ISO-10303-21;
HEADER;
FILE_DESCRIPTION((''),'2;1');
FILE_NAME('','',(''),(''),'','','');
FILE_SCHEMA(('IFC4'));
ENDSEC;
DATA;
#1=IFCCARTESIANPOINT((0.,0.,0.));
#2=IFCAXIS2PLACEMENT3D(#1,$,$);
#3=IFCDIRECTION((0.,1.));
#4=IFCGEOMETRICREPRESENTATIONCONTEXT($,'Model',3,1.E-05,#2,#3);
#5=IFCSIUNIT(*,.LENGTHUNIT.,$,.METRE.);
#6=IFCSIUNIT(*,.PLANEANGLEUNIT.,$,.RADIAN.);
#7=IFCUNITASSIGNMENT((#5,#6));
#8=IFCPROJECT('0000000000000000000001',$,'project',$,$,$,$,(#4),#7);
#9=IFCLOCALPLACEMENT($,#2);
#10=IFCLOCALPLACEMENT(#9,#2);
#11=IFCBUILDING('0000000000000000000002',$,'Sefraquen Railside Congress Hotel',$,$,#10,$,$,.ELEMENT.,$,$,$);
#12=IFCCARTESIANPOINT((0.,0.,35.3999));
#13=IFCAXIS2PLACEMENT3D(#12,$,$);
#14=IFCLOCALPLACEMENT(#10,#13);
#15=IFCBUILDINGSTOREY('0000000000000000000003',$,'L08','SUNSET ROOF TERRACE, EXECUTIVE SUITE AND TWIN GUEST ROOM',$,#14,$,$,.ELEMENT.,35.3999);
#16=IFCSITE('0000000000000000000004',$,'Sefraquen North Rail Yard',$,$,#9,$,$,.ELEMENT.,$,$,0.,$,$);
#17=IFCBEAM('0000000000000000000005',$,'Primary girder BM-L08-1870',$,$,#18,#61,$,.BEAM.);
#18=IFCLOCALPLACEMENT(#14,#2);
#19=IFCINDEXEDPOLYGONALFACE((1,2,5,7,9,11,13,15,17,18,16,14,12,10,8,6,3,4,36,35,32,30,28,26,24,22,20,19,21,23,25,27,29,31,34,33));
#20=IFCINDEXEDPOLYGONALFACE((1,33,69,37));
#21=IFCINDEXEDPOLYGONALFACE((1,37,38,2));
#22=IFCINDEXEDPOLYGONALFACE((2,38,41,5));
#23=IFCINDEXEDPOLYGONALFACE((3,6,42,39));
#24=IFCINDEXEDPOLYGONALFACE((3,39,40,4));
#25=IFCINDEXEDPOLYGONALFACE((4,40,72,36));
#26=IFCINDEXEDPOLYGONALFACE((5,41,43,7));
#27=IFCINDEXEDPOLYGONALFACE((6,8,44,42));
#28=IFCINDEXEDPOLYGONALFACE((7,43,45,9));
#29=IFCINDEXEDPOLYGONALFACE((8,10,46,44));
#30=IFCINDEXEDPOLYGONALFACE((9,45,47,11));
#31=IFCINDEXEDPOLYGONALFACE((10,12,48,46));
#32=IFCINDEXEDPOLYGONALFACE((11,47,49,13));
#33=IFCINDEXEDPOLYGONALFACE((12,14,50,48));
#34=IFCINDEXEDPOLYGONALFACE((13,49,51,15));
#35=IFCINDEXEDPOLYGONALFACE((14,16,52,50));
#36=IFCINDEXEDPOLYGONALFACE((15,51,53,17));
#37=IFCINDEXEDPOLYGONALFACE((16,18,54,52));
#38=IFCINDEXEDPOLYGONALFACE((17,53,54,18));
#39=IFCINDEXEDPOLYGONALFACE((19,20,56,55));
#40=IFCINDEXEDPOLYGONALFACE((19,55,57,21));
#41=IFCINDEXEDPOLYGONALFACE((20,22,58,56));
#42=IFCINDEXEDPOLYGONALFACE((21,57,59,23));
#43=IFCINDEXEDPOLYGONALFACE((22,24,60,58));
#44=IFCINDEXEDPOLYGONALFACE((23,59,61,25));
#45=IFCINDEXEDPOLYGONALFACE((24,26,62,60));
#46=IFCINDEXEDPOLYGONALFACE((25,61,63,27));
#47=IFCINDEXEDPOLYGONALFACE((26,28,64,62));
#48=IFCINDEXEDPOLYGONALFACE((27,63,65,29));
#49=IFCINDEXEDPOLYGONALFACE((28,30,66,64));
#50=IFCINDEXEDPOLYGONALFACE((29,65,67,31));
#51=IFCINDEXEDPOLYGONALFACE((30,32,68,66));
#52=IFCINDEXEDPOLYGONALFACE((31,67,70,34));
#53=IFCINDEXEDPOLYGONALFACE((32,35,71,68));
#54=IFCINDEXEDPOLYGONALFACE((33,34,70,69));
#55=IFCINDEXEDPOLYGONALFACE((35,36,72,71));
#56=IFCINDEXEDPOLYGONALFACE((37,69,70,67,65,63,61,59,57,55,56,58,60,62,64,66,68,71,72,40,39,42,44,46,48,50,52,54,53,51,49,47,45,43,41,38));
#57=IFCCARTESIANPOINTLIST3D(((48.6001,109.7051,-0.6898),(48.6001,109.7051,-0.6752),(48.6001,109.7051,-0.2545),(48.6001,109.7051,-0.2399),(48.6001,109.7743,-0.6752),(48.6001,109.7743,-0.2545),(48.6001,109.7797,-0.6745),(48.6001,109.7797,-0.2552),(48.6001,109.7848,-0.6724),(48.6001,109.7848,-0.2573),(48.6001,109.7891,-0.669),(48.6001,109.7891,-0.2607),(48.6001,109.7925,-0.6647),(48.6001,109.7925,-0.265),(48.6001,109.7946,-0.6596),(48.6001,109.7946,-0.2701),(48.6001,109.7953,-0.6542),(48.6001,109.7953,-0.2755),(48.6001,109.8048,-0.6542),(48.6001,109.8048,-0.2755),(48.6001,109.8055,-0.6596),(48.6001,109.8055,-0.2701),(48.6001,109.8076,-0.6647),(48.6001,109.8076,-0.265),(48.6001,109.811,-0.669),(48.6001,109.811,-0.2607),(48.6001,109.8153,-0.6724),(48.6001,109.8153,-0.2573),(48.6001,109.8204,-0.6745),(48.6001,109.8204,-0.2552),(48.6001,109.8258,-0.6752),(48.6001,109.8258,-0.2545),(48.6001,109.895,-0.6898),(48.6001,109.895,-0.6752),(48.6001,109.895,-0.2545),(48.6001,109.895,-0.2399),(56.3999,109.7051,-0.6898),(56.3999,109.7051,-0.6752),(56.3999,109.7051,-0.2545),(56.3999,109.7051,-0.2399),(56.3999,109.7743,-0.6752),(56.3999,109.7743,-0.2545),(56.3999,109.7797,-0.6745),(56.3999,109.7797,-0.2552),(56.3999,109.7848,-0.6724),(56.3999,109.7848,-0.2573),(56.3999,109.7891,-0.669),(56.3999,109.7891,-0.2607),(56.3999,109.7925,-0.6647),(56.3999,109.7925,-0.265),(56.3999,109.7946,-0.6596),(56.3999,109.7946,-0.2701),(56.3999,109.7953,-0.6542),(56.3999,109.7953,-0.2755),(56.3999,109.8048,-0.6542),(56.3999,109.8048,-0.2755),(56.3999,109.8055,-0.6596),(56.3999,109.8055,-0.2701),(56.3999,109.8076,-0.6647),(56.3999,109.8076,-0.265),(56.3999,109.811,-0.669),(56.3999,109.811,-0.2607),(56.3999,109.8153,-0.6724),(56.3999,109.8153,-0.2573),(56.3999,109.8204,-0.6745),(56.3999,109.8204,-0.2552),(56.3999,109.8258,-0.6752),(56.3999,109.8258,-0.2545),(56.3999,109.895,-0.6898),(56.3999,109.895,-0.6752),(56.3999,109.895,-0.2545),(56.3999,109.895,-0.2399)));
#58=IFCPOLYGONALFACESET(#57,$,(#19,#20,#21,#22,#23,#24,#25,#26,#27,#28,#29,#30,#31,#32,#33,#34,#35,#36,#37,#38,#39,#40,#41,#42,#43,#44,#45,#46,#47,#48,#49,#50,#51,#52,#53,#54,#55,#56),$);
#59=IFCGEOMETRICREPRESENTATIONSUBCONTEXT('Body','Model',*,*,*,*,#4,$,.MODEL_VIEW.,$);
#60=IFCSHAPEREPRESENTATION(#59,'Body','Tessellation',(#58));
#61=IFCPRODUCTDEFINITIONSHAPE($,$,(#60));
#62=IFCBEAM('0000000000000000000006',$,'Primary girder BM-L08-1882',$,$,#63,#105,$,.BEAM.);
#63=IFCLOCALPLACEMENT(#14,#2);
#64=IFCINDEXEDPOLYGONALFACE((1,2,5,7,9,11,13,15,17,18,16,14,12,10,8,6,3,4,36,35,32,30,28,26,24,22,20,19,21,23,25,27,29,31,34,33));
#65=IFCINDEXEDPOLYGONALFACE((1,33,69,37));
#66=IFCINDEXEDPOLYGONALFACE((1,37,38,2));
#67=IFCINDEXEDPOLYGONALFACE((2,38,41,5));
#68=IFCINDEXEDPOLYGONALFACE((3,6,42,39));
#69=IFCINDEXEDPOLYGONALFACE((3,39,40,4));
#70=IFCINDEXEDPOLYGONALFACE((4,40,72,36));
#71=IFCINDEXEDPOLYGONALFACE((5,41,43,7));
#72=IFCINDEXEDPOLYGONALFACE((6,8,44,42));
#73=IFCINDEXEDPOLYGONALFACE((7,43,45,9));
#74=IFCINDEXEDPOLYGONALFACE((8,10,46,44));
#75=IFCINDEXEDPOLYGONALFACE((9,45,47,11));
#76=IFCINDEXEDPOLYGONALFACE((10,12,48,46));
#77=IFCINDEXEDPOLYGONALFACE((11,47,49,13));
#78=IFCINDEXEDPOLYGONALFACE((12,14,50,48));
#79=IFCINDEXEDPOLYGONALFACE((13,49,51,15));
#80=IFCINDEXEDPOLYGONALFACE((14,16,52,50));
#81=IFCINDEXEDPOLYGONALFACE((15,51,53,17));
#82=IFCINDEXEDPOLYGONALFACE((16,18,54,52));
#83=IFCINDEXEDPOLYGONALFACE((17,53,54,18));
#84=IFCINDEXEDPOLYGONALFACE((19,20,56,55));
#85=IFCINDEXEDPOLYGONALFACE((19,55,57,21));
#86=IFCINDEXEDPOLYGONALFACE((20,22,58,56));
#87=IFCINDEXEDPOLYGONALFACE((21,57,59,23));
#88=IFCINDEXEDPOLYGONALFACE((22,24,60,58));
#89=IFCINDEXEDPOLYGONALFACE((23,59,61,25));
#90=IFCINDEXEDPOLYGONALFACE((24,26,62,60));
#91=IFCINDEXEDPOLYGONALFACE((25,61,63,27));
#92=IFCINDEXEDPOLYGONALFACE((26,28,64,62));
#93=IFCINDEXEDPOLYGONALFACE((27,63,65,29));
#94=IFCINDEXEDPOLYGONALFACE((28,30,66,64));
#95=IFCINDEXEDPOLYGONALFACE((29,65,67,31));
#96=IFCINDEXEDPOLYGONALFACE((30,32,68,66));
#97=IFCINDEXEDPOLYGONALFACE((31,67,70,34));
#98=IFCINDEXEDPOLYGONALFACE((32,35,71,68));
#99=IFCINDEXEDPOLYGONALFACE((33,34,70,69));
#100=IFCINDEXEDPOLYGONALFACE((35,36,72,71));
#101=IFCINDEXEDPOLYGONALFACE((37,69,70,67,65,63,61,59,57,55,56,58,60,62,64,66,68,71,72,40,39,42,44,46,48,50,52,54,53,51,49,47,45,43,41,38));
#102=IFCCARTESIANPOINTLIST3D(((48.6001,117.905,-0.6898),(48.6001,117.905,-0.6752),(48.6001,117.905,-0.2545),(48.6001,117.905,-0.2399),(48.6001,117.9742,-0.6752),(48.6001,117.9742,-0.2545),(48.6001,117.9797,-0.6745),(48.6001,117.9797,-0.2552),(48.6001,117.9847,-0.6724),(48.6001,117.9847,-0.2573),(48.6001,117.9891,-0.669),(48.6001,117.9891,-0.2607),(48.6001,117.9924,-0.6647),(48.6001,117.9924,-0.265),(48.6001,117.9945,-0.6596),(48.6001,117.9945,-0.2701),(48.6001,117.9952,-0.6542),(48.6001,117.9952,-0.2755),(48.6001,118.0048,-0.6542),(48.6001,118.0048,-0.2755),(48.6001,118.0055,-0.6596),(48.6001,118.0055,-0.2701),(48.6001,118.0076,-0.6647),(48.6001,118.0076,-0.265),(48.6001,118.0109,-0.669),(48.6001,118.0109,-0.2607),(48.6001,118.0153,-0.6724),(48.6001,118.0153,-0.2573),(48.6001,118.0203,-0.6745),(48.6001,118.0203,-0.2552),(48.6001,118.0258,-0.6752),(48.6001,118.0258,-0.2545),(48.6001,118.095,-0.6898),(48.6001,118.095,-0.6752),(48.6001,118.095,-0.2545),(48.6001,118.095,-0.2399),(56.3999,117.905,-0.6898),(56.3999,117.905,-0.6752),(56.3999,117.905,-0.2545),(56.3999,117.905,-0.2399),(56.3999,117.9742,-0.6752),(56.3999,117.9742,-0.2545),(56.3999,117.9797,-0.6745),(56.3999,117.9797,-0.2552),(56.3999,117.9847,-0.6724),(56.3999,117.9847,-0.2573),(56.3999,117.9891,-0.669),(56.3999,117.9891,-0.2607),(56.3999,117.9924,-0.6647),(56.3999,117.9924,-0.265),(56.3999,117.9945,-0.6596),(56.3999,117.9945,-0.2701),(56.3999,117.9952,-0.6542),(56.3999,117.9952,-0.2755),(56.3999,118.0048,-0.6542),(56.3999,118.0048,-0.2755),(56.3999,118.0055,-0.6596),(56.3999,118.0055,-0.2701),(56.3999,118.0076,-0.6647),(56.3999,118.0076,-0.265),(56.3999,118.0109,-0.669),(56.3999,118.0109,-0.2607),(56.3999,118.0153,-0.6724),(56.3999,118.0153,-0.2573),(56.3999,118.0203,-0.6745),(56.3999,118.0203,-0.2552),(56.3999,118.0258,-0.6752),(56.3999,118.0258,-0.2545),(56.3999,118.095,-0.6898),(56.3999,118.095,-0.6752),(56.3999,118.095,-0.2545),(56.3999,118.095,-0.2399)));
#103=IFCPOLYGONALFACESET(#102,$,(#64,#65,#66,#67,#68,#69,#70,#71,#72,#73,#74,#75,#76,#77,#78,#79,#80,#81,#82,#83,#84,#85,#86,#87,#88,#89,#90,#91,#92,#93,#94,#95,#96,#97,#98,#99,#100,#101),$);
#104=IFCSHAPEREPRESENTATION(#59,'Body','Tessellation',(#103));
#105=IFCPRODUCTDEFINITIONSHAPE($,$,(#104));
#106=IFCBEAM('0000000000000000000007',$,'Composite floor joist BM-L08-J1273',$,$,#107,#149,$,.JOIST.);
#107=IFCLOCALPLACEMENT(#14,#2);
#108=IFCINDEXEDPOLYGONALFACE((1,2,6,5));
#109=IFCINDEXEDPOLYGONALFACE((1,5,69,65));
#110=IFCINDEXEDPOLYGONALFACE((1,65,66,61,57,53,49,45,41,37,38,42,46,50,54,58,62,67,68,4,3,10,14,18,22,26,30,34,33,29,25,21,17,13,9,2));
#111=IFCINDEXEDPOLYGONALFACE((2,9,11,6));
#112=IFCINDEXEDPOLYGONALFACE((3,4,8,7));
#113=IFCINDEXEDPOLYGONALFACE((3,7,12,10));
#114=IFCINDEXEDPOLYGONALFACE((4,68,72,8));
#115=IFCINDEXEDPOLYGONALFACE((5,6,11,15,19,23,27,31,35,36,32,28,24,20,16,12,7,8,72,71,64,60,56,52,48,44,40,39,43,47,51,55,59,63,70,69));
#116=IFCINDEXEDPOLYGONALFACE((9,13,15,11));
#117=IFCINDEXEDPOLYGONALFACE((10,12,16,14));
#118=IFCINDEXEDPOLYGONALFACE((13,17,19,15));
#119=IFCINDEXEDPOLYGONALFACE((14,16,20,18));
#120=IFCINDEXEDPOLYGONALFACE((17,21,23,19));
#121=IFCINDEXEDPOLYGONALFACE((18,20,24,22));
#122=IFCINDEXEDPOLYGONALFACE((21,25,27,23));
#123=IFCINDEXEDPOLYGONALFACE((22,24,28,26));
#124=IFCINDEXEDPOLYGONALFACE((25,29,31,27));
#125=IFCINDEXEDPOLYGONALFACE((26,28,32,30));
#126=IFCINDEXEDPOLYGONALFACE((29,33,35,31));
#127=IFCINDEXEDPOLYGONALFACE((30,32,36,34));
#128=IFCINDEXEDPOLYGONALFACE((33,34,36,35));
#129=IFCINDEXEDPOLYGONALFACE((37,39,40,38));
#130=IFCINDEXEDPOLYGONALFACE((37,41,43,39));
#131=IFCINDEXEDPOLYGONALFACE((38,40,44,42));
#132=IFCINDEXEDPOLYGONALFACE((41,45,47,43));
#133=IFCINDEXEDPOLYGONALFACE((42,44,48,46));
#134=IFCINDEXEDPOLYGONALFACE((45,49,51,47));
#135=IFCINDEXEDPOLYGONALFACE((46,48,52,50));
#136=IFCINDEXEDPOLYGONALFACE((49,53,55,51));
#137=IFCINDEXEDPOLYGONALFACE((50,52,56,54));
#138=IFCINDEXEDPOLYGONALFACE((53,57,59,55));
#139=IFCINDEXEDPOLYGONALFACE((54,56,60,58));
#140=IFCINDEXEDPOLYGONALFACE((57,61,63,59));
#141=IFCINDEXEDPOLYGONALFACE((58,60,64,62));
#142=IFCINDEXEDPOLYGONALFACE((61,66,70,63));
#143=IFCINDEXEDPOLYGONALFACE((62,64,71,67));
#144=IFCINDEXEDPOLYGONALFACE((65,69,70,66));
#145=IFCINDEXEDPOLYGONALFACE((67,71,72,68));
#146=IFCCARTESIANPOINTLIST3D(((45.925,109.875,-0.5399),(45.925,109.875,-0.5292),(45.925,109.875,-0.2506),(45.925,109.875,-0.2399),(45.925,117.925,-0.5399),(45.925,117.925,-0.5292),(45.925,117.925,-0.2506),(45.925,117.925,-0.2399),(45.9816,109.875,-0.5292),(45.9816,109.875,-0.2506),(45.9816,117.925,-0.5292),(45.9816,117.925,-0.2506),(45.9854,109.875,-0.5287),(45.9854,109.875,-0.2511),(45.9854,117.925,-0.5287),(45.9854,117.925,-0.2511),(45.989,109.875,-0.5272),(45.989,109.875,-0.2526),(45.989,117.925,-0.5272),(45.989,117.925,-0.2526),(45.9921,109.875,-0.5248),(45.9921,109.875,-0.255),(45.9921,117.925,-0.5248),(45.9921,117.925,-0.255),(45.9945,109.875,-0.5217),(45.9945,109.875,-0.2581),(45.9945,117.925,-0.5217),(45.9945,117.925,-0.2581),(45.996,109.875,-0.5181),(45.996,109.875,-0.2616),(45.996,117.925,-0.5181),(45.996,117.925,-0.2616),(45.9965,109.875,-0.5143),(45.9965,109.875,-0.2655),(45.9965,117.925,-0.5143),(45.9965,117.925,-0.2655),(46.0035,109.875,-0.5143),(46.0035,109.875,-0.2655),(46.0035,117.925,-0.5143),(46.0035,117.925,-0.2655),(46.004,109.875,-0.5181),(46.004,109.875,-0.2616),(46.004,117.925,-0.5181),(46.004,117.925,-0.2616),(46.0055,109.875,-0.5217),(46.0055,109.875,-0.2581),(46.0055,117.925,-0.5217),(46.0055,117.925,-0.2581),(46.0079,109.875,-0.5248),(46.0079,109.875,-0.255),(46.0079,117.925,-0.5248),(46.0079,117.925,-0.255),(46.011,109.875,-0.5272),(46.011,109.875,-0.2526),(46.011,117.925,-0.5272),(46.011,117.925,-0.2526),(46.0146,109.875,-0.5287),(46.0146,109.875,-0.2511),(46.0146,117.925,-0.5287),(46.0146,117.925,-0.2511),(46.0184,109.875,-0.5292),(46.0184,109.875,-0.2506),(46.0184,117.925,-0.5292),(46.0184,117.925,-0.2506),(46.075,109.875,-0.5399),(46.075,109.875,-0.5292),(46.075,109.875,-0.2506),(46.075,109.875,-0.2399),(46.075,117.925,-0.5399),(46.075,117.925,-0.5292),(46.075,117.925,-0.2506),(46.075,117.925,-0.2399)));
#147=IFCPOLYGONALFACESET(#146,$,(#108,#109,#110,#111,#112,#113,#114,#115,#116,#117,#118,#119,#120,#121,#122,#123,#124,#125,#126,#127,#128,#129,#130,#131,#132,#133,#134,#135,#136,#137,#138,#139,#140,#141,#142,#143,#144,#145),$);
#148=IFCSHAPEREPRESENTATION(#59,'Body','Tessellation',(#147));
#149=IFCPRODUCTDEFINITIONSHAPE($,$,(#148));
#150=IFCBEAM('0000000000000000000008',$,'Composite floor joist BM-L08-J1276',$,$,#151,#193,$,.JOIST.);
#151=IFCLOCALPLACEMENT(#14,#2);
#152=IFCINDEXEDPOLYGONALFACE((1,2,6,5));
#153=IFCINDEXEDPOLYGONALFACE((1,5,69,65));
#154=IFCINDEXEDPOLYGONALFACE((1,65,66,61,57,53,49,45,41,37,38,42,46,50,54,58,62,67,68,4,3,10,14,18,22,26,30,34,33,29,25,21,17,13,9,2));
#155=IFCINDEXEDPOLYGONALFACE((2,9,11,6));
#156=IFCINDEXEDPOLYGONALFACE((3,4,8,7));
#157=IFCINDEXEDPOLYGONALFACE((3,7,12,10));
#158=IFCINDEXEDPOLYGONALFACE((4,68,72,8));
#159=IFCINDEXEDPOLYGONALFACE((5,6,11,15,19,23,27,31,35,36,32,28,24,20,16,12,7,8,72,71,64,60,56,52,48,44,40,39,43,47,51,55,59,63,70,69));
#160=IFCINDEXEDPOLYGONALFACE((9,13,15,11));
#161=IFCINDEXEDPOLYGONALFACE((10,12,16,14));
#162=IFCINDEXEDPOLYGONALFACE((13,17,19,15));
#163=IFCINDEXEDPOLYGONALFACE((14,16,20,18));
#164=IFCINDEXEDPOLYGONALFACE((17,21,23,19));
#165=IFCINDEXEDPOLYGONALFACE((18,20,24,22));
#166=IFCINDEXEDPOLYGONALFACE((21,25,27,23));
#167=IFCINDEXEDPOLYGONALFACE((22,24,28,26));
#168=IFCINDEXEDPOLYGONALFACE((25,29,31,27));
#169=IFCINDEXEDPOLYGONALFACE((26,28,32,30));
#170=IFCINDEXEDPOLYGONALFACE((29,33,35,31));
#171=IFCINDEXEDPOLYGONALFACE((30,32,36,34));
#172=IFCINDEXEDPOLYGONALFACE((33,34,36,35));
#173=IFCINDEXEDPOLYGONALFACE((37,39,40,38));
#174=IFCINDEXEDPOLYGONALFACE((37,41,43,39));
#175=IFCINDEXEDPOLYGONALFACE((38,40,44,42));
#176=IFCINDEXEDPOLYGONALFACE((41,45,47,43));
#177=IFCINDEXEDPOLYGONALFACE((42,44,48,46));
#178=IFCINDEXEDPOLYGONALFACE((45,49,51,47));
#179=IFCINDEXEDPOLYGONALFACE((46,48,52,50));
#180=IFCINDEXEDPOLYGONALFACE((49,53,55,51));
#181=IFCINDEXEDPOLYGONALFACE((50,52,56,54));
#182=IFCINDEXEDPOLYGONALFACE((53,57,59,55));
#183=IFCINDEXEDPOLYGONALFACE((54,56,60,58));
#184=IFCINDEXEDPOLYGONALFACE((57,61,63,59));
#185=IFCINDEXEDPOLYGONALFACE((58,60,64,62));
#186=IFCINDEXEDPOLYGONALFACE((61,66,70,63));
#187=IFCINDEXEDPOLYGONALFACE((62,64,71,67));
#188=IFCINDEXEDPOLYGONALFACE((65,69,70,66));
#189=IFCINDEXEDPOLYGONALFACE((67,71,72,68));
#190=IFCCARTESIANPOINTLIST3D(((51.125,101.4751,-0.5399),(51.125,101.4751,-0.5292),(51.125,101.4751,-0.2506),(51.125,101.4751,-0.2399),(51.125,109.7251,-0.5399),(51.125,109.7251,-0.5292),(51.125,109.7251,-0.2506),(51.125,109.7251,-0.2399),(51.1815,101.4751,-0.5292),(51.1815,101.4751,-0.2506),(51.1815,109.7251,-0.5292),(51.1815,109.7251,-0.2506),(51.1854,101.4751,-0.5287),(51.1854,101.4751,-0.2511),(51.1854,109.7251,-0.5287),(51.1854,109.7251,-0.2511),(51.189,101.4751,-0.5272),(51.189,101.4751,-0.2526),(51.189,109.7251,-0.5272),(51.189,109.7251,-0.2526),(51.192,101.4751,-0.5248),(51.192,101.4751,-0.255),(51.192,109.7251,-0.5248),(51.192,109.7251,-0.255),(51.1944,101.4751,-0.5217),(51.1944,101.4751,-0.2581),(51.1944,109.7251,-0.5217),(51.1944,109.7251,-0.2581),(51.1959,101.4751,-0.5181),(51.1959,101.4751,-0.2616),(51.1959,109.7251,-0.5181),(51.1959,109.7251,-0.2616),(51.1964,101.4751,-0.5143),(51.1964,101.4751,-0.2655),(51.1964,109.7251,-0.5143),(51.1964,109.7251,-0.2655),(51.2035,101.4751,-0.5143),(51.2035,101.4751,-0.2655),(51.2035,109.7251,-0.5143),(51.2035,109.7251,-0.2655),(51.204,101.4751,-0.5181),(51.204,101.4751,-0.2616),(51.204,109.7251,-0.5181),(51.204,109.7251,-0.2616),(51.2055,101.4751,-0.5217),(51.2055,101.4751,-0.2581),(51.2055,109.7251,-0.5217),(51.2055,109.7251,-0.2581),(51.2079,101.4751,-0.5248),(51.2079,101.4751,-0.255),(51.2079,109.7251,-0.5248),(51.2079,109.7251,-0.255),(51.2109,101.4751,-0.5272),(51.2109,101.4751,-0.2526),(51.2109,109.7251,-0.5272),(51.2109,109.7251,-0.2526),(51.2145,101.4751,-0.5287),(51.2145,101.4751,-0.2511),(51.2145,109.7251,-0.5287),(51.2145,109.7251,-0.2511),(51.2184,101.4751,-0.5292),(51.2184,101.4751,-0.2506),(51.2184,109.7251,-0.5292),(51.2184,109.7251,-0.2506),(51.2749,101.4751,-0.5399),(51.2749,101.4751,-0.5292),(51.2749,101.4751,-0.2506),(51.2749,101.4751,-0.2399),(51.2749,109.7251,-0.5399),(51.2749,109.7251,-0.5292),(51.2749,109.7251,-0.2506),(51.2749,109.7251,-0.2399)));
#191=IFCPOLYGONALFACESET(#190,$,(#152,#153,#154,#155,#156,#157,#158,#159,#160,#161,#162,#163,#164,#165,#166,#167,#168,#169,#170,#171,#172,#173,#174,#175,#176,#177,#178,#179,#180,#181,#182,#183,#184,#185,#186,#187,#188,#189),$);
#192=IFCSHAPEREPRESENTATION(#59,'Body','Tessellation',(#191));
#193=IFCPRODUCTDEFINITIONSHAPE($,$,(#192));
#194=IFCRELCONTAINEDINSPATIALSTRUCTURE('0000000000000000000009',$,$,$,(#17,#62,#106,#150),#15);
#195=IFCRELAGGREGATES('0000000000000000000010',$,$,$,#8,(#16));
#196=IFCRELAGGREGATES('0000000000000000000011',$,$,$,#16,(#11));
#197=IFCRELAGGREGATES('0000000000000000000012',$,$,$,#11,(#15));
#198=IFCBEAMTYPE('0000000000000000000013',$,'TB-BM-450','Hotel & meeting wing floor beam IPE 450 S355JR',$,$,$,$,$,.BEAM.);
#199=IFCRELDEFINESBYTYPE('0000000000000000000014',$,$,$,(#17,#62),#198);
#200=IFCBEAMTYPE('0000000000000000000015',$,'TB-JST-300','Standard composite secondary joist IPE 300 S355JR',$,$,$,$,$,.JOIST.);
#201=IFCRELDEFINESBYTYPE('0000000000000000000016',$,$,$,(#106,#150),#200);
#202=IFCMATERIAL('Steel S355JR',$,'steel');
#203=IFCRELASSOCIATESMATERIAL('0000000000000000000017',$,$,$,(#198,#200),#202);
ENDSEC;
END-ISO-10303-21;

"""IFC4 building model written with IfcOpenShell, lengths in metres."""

from ifc_helpers import new_model, si_unit, direction, frame, origin, origin_2d, place, context, subcontext, project, spatial, i_section, extrude, material, material_profile, profile_set, type_object, element, save


model = new_model("IFC4")

# Units and contexts
model_context = context("Model", 3, precision=1e-05, world=origin(), true_north=direction((0.0, 1.0)))
body_context = subcontext(model_context, "Body", "Model", "MODEL_VIEW")
ifc_project = project(units=[si_unit("LENGTHUNIT", "METRE"), si_unit("PLANEANGLEUNIT", "RADIAN")], contexts=[model_context])

# Site, building, storey
site_placement = place(None, origin())
site = spatial("IfcSite", under=ifc_project, at=site_placement, Name="Sefraquen North Rail Yard", CompositionType="ELEMENT", RefElevation=0.0)
building_placement = place(site_placement, origin())
building = spatial("IfcBuilding", under=site, at=building_placement, Name="Sefraquen Railside Congress Hotel", CompositionType="ELEMENT")
storey_placement = place(building_placement, frame((0.0, 0.0, 35.3999)))
storey = spatial("IfcBuildingStorey", under=building, at=storey_placement, Name="L08", Description="SUNSET ROOF TERRACE, EXECUTIVE SUITE AND TWIN GUEST ROOM", CompositionType="ELEMENT", Elevation=35.3999)

# Shared definitions
ifc_material_1 = material(Name="Steel S355JR", Category="steel")

# Beams
ifc_material_profile_1 = material_profile(ifc_material_1, i_section(OverallWidth=0.1899, OverallDepth=0.45, WebThickness=0.0095, FlangeThickness=0.0146, FilletRadius=0.021, at=origin_2d()), Name="IPE 450")
ifc_profile_set_1 = profile_set([ifc_material_profile_1], Name="Steel S355JR")
beam_type_1 = type_object("IfcBeamType", Name="TB-BM-450", Description="Hotel & meeting wing floor beam IPE 450 S355JR", PredefinedType="BEAM", material=ifc_profile_set_1)
for number, where, z_axis, x_axis, name in (
    (1, (48.6001, 109.8, -0.4648), (1.0, 0.0, 0.0), (0.0, 1.0, 0.0), "Primary girder BM-L08-1870"),
    (2, (48.6001, 118.0, -0.4648), (1.0, 0.0, 0.0), (0.0, 1.0, 0.0), "Primary girder BM-L08-1882"),
):
    element("IfcBeam", number, at=place(storey_placement, frame(where, z_axis=z_axis, x_axis=x_axis)), inside=storey, type_object=beam_type_1, Name=name, PredefinedType="BEAM", context=body_context, shape_type="SweptSolid", body=[
        extrude(i_section(OverallWidth=0.1899, OverallDepth=0.45, WebThickness=0.0095, FlangeThickness=0.0146, FilletRadius=0.021, at=origin_2d()), origin(), (0.0, 0.0, 1.0), 7.7998),
    ])
ifc_material_profile_2 = material_profile(ifc_material_1, i_section(OverallWidth=0.1499, OverallDepth=0.3, WebThickness=0.0071, FlangeThickness=0.0107, FilletRadius=0.0149, at=origin_2d()), Name="IPE 300")
ifc_profile_set_2 = profile_set([ifc_material_profile_2], Name="Steel S355JR")
beam_type_2 = type_object("IfcBeamType", Name="TB-JST-300", Description="Standard composite secondary joist IPE 300 S355JR", PredefinedType="JOIST", material=ifc_profile_set_2)
beam_1_placement = place(storey_placement, frame((46.0, 109.875, -0.3899), z_axis=(0.0, 1.0, 0.0), x_axis=(-1.0, 0.0, 0.0)))
element("IfcBeam", 3, at=beam_1_placement, inside=storey, type_object=beam_type_2, Name="Composite floor joist BM-L08-J1273", PredefinedType="JOIST", context=body_context, shape_type="SweptSolid", body=[
    extrude(i_section(OverallWidth=0.1499, OverallDepth=0.3, WebThickness=0.0071, FlangeThickness=0.0107, FilletRadius=0.0149, at=origin_2d()), origin(), (0.0, 0.0, 1.0), 8.05),
])
for number, where, z_axis, x_axis, name in (
    (4, (51.2, 101.4751, -0.3899), (0.0, 1.0, 0.0), (-1.0, 0.0, 0.0), "Composite floor joist BM-L08-J1276"),
):
    element("IfcBeam", number, at=place(storey_placement, frame(where, z_axis=z_axis, x_axis=x_axis)), inside=storey, type_object=beam_type_2, Name=name, PredefinedType="JOIST", context=body_context, shape_type="SweptSolid", body=[
        extrude(i_section(OverallWidth=0.1499, OverallDepth=0.3, WebThickness=0.0071, FlangeThickness=0.0107, FilletRadius=0.0149, at=origin_2d()), origin(), (0.0, 0.0, 1.0), 8.25),
    ])

save(model, "model.ifc")
